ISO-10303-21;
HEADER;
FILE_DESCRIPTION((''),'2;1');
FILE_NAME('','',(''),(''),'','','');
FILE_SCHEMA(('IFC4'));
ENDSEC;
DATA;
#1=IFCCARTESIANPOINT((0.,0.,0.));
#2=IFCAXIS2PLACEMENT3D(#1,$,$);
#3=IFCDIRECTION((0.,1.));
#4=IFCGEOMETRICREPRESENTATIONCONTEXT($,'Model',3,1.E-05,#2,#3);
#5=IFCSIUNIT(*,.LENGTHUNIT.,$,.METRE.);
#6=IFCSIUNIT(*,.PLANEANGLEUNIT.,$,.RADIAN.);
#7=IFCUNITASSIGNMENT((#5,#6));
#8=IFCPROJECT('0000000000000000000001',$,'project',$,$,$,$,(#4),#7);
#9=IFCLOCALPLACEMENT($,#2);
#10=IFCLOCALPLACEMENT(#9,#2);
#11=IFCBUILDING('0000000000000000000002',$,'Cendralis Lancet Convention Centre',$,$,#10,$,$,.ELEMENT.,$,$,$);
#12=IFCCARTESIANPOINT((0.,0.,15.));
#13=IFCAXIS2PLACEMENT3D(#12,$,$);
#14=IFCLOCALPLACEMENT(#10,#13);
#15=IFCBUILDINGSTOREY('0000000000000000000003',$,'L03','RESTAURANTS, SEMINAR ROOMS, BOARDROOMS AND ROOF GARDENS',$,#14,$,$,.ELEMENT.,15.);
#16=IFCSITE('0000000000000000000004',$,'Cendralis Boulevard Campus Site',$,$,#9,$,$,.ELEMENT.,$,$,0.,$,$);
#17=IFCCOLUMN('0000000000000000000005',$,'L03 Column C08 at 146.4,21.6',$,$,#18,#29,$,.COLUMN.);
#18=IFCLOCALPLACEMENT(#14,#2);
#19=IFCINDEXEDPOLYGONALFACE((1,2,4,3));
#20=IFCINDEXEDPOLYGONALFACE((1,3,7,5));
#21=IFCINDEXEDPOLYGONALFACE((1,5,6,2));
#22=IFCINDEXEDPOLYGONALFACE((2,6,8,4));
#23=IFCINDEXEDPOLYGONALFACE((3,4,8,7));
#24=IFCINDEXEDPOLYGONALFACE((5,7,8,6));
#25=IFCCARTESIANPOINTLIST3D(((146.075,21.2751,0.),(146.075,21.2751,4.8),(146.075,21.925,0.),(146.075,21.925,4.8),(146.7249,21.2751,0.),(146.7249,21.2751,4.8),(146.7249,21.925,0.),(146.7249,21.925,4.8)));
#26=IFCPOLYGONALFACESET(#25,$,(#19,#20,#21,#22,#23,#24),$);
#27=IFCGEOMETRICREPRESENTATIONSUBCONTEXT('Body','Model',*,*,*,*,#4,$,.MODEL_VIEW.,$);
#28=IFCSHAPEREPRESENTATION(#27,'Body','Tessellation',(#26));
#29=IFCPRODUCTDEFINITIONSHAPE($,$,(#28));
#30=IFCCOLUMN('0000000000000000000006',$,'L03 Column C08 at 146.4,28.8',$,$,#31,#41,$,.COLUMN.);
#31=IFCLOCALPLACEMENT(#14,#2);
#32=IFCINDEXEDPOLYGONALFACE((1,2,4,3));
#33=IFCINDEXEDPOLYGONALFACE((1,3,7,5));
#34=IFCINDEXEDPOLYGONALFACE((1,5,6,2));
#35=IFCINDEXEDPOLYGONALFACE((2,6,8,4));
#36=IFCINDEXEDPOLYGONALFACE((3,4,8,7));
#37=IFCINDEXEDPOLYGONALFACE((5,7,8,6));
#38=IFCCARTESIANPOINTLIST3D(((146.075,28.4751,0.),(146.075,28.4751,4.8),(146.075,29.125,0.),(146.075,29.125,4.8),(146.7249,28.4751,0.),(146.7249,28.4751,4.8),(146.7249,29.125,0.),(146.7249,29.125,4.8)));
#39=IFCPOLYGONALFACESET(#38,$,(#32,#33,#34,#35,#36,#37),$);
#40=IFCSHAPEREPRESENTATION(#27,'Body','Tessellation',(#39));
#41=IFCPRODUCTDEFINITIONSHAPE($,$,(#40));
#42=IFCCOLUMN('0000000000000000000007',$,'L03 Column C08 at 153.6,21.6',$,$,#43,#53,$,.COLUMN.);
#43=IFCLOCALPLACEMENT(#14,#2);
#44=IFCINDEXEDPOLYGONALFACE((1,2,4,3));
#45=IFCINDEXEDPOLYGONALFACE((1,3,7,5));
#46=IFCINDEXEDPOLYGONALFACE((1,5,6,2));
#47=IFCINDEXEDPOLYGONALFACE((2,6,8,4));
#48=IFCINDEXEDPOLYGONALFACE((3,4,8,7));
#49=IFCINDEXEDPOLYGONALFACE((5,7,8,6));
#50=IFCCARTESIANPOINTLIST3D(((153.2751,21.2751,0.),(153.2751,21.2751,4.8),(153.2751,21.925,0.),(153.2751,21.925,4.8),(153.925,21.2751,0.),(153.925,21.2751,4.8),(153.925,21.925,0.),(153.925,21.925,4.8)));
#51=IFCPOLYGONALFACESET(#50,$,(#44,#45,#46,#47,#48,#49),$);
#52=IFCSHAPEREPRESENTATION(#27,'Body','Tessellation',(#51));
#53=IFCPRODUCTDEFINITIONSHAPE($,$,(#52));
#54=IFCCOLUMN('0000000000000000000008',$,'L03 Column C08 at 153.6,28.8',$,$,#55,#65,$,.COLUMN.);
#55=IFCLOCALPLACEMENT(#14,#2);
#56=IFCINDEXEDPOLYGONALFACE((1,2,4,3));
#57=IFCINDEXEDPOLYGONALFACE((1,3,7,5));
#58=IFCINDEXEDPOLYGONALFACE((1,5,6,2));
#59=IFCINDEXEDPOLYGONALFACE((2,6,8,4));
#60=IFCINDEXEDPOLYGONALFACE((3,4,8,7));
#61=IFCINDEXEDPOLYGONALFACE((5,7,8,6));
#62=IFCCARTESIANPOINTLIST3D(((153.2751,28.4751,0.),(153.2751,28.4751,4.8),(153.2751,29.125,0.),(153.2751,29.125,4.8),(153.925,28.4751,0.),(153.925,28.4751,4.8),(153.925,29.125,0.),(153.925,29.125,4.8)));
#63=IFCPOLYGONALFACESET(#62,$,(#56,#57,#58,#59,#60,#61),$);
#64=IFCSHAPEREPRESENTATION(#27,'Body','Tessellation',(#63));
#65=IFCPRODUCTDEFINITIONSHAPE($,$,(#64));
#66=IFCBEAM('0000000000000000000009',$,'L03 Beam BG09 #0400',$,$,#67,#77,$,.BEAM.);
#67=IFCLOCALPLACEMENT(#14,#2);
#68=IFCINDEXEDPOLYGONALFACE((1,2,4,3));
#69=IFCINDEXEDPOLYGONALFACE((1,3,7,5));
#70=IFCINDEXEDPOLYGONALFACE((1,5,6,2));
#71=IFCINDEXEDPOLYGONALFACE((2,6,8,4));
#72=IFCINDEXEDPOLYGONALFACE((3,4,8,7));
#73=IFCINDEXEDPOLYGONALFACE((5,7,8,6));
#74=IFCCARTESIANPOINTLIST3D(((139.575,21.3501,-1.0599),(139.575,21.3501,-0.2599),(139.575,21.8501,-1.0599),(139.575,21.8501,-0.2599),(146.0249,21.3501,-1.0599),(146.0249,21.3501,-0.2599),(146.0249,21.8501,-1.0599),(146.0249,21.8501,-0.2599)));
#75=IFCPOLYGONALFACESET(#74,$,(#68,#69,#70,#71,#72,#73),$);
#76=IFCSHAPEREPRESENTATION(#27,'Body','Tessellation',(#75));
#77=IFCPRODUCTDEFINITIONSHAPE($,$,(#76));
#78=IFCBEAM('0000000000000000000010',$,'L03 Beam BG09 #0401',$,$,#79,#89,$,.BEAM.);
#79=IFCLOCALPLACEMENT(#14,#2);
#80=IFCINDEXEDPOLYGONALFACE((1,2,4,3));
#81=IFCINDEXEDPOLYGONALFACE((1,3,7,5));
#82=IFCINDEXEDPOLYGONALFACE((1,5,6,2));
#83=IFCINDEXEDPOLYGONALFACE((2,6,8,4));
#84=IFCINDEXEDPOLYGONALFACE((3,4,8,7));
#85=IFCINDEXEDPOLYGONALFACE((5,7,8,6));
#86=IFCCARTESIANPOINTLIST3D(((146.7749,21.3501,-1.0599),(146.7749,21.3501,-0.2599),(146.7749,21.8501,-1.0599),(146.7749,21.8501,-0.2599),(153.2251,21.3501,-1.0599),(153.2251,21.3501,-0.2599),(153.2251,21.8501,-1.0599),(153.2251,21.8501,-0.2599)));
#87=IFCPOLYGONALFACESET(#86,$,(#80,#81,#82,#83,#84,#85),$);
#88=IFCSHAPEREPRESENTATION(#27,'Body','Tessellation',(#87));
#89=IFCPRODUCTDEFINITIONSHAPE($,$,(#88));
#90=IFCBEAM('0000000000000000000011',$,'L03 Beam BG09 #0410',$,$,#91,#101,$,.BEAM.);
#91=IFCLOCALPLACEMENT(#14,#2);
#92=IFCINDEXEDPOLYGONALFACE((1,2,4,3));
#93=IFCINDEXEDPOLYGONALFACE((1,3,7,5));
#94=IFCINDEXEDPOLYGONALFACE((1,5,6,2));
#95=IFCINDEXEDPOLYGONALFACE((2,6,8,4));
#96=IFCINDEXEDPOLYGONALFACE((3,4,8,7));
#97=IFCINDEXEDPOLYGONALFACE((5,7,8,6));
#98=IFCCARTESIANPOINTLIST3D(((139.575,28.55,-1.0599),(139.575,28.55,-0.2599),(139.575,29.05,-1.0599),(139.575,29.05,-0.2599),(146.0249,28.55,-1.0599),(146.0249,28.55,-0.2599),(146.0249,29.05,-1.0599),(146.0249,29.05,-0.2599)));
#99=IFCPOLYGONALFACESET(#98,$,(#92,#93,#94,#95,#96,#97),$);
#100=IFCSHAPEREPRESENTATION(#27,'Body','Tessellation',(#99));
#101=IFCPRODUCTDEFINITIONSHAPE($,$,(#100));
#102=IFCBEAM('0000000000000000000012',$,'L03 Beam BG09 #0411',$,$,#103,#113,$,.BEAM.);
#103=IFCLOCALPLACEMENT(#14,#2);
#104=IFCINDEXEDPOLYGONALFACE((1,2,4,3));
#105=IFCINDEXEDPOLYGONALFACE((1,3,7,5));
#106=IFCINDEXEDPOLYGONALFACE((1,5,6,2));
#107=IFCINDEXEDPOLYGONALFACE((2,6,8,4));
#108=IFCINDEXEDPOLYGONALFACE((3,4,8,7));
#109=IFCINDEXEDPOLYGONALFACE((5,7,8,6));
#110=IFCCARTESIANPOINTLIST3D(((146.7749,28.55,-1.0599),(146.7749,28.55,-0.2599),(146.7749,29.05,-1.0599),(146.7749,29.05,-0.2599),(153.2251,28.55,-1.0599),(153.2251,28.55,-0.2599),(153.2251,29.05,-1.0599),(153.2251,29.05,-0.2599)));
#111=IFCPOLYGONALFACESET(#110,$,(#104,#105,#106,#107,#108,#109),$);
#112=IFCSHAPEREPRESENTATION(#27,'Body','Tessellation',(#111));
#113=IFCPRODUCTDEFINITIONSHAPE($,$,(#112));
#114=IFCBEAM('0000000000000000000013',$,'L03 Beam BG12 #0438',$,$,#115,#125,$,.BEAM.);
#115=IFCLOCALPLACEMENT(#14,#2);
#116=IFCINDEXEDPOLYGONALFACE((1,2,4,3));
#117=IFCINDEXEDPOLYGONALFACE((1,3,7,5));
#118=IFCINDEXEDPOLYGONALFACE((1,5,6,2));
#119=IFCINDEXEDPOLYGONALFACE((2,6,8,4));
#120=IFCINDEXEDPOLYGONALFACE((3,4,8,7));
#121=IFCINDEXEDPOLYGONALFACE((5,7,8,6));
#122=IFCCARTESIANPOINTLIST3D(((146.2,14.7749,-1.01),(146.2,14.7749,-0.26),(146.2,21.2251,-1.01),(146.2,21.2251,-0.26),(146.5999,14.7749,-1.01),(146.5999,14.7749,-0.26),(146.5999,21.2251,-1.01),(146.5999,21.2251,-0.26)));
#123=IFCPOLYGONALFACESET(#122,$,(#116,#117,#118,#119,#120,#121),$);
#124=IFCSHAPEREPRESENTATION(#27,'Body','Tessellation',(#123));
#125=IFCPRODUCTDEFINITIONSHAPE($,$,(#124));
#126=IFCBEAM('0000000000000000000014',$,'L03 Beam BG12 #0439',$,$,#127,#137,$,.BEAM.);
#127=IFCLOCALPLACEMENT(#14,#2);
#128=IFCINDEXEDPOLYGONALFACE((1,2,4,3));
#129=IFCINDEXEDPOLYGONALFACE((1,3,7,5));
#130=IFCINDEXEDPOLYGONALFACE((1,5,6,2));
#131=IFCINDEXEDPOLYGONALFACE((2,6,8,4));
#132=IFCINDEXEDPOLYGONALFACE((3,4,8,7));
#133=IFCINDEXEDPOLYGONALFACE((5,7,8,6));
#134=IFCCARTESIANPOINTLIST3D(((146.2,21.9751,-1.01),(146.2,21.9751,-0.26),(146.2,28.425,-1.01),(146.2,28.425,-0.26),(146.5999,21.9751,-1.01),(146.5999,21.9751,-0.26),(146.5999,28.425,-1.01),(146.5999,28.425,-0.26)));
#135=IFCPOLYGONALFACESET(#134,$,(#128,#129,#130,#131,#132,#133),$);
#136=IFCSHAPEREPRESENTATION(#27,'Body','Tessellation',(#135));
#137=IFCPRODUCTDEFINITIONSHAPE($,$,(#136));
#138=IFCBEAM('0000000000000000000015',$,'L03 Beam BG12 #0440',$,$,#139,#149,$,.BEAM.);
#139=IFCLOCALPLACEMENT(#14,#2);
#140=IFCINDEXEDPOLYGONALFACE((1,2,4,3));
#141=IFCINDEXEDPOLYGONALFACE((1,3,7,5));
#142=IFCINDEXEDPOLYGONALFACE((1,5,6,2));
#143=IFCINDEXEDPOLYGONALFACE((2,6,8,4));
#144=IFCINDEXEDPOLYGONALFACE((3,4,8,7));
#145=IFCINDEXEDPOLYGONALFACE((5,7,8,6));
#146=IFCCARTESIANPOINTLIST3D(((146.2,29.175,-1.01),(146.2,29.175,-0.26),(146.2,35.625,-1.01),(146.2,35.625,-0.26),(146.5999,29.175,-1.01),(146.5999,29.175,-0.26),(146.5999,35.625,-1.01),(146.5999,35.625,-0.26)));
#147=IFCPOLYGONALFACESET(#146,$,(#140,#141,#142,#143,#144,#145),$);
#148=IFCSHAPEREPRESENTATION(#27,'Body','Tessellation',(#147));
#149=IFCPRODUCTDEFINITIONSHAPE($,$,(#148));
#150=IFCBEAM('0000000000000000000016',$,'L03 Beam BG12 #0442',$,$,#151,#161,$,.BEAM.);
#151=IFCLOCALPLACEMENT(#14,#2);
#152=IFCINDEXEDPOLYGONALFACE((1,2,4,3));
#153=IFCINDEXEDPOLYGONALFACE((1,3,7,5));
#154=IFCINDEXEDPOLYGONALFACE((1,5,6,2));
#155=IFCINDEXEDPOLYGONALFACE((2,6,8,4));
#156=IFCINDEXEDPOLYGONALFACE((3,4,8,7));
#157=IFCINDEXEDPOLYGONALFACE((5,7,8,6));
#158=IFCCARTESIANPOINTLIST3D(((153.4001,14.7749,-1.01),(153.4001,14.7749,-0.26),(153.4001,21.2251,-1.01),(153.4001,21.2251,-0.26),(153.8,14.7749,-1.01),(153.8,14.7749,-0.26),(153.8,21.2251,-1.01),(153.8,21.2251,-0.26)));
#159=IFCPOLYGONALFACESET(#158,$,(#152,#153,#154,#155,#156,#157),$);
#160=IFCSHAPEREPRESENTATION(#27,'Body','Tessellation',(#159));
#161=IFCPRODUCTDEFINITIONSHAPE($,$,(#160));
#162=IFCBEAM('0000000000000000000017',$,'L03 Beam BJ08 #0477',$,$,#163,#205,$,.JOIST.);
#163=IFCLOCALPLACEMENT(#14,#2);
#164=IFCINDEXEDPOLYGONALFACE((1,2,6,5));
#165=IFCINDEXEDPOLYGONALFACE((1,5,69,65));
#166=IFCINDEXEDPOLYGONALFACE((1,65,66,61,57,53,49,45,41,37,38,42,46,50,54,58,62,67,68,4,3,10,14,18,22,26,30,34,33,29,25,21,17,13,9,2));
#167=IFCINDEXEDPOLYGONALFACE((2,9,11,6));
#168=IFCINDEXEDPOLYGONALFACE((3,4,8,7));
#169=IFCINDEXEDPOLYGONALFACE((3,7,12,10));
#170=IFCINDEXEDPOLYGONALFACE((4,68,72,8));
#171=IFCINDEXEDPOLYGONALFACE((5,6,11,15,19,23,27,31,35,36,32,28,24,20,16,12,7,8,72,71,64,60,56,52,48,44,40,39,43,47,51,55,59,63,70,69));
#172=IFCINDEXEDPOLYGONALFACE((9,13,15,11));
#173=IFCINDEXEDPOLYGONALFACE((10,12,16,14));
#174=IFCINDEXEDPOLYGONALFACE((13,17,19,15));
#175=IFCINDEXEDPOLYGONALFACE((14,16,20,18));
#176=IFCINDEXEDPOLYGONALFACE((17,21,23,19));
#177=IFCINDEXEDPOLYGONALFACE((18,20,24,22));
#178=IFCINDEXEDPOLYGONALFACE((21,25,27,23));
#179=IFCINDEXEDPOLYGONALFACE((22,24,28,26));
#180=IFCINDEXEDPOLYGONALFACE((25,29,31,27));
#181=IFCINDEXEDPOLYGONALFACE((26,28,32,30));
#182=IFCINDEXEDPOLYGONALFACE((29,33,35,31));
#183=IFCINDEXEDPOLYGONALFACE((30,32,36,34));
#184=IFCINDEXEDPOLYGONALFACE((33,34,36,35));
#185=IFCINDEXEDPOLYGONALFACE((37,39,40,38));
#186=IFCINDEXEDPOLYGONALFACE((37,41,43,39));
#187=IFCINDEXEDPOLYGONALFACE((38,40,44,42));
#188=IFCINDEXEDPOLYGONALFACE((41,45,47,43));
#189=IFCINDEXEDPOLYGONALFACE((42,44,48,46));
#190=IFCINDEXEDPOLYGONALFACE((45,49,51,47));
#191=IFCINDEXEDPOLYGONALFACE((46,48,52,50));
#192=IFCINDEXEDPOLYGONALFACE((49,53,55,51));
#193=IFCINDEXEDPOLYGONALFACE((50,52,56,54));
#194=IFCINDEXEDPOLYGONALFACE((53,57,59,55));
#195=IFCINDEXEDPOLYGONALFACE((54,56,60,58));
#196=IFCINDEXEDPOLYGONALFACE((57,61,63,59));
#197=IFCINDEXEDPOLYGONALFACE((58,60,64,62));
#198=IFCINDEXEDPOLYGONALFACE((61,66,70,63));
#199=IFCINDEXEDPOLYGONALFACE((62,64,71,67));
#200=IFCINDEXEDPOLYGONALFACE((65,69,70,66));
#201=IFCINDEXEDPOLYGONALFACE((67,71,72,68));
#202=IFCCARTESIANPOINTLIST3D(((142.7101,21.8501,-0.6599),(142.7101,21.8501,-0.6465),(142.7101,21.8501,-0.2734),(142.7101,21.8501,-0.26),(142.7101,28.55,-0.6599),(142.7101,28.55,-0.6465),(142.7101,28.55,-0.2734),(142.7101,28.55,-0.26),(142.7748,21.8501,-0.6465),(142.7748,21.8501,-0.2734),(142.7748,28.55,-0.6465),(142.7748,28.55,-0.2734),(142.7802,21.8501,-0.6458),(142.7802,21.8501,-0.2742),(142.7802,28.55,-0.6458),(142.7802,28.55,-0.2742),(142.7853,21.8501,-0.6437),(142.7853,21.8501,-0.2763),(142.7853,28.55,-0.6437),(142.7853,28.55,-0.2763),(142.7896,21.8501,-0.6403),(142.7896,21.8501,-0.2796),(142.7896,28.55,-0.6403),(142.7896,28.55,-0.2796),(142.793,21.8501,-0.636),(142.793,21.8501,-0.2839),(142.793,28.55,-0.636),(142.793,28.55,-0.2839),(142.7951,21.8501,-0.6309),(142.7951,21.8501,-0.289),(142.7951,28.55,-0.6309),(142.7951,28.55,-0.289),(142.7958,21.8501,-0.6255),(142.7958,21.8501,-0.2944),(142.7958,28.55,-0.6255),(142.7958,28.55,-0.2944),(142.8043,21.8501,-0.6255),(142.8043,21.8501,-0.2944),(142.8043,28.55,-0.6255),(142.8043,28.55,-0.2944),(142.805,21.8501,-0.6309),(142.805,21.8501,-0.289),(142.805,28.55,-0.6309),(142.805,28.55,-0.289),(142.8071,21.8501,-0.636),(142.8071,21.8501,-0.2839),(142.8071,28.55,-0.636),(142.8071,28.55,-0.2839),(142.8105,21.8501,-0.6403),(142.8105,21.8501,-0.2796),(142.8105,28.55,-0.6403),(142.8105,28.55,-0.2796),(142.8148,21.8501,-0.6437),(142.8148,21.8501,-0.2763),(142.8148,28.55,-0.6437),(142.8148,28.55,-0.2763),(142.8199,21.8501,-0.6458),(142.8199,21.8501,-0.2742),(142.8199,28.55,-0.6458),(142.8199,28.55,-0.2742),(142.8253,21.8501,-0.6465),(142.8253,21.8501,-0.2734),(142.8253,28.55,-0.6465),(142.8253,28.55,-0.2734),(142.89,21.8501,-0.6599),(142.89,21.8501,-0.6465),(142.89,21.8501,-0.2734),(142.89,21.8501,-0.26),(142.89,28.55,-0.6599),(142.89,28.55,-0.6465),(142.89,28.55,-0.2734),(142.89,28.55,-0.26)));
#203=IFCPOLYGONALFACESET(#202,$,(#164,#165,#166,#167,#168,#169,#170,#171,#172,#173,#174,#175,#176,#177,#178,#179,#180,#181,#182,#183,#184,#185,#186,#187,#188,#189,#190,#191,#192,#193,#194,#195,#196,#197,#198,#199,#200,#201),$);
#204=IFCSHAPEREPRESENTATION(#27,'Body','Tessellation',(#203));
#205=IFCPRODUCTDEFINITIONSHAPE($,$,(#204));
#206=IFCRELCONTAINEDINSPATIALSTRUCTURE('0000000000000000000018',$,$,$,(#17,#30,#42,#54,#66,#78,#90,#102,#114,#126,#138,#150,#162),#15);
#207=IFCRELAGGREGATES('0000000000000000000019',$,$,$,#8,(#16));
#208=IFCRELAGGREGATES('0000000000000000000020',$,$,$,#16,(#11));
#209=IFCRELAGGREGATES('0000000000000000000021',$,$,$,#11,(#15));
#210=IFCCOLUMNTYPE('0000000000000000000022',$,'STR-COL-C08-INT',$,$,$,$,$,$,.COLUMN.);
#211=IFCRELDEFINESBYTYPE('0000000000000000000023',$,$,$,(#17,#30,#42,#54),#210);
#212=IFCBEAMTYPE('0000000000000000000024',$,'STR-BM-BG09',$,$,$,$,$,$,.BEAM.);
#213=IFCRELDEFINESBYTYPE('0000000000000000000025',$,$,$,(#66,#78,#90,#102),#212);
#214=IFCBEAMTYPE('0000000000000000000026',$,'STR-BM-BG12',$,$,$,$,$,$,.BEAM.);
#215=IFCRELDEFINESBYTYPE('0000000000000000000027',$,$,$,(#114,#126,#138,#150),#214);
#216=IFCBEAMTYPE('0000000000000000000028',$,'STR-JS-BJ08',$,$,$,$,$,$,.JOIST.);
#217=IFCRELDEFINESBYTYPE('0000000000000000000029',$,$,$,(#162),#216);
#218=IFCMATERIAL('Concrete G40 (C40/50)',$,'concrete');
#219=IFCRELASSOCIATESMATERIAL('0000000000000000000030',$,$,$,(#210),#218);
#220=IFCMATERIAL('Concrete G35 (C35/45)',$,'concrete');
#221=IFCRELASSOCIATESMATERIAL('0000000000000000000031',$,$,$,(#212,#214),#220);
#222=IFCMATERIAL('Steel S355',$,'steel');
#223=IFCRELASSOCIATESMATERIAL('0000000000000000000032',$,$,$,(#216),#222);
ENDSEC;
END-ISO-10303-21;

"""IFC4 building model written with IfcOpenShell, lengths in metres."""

from ifc_helpers import new_model, si_unit, direction, frame, origin, origin_2d, place, context, subcontext, project, spatial, rectangle, i_section, extrude, material, material_profile, profile_set, type_object, element, save


model = new_model("IFC4")

# Units and contexts
model_context = context("Model", 3, precision=1e-05, world=origin(), true_north=direction((0.0, 1.0)))
body_context = subcontext(model_context, "Body", "Model", "MODEL_VIEW")
ifc_project = project(units=[si_unit("LENGTHUNIT", "METRE"), si_unit("PLANEANGLEUNIT", "RADIAN")], contexts=[model_context])

# Site, building, storey
site_placement = place(None, origin())
site = spatial("IfcSite", under=ifc_project, at=site_placement, Name="Cendralis Boulevard Campus Site", CompositionType="ELEMENT", RefElevation=0.0)
building_placement = place(site_placement, origin())
building = spatial("IfcBuilding", under=site, at=building_placement, Name="Cendralis Lancet Convention Centre", CompositionType="ELEMENT")
storey_placement = place(building_placement, frame((0.0, 0.0, 15.0)))
storey = spatial("IfcBuildingStorey", under=building, at=storey_placement, Name="L03", Description="RESTAURANTS, SEMINAR ROOMS, BOARDROOMS AND ROOF GARDENS", CompositionType="ELEMENT", Elevation=15.0)

# Columns
ifc_material_1 = material(Name="Concrete G40 (C40/50)", Category="concrete")
ifc_material_profile_1 = material_profile(ifc_material_1, rectangle(XDim=0.6499, YDim=0.6499, at=origin_2d()), Name="RC 650x650")
ifc_profile_set_1 = profile_set([ifc_material_profile_1], Name="Concrete G40 (C40/50)")
column_type = type_object("IfcColumnType", Name="STR-COL-C08-INT", PredefinedType="COLUMN", material=ifc_profile_set_1)
for number, where, z_axis, x_axis, name in (
    (1, (146.3999, 21.6001, 0.0), (0.0, 0.0, 1.0), (1.0, 0.0, 0.0), "L03 Column C08 at 146.4,21.6"),
    (2, (146.3999, 28.8, 0.0), (0.0, 0.0, 1.0), (1.0, 0.0, 0.0), "L03 Column C08 at 146.4,28.8"),
    (3, (153.6001, 21.6001, 0.0), (0.0, 0.0, 1.0), (1.0, 0.0, 0.0), "L03 Column C08 at 153.6,21.6"),
    (4, (153.6001, 28.8, 0.0), (0.0, 0.0, 1.0), (1.0, 0.0, 0.0), "L03 Column C08 at 153.6,28.8"),
):
    element("IfcColumn", number, at=place(storey_placement, frame(where, z_axis=z_axis, x_axis=x_axis)), inside=storey, type_object=column_type, Name=name, PredefinedType="COLUMN", context=body_context, shape_type="SweptSolid", body=[
        extrude(rectangle(XDim=0.6499, YDim=0.6499, at=origin_2d()), origin(), (0.0, 0.0, 1.0), 4.8),
    ])

# Beams
ifc_material_2 = material(Name="Concrete G35 (C35/45)", Category="concrete")
ifc_material_profile_2 = material_profile(ifc_material_2, rectangle(XDim=0.5, YDim=0.8, at=origin_2d()), Name="RCB 500x800")
ifc_profile_set_2 = profile_set([ifc_material_profile_2], Name="Concrete G35 (C35/45)")
beam_type_1 = type_object("IfcBeamType", Name="STR-BM-BG09", PredefinedType="BEAM", material=ifc_profile_set_2)
beam_1_placement = place(storey_placement, frame((139.575, 21.6001, -0.6599), z_axis=(1.0, 0.0, 0.0), x_axis=(0.0, 1.0, 0.0)))
element("IfcBeam", 5, at=beam_1_placement, inside=storey, type_object=beam_type_1, Name="L03 Beam BG09 #0400", PredefinedType="BEAM", context=body_context, shape_type="SweptSolid", body=[
    extrude(rectangle(XDim=0.5, YDim=0.8, at=origin_2d()), origin(), (0.0, 0.0, 1.0), 6.45),
])
beam_2_placement = place(storey_placement, frame((146.7749, 21.6001, -0.6599), z_axis=(1.0, 0.0, 0.0), x_axis=(0.0, 1.0, 0.0)))
element("IfcBeam", 6, at=beam_2_placement, inside=storey, type_object=beam_type_1, Name="L03 Beam BG09 #0401", PredefinedType="BEAM", context=body_context, shape_type="SweptSolid", body=[
    extrude(rectangle(XDim=0.5, YDim=0.8, at=origin_2d()), origin(), (0.0, 0.0, 1.0), 6.4502),
])
beam_3_placement = place(storey_placement, frame((139.575, 28.8, -0.6599), z_axis=(1.0, 0.0, 0.0), x_axis=(0.0, 1.0, 0.0)))
element("IfcBeam", 7, at=beam_3_placement, inside=storey, type_object=beam_type_1, Name="L03 Beam BG09 #0410", PredefinedType="BEAM", context=body_context, shape_type="SweptSolid", body=[
    extrude(rectangle(XDim=0.5, YDim=0.8, at=origin_2d()), origin(), (0.0, 0.0, 1.0), 6.45),
])
beam_4_placement = place(storey_placement, frame((146.7749, 28.8, -0.6599), z_axis=(1.0, 0.0, 0.0), x_axis=(0.0, 1.0, 0.0)))
element("IfcBeam", 8, at=beam_4_placement, inside=storey, type_object=beam_type_1, Name="L03 Beam BG09 #0411", PredefinedType="BEAM", context=body_context, shape_type="SweptSolid", body=[
    extrude(rectangle(XDim=0.5, YDim=0.8, at=origin_2d()), origin(), (0.0, 0.0, 1.0), 6.4502),
])
ifc_material_profile_3 = material_profile(ifc_material_2, rectangle(XDim=0.3999, YDim=0.75, at=origin_2d()), Name="RCB 400x750")
ifc_profile_set_3 = profile_set([ifc_material_profile_3], Name="Concrete G35 (C35/45)")
beam_type_2 = type_object("IfcBeamType", Name="STR-BM-BG12", PredefinedType="BEAM", material=ifc_profile_set_3)
beam_5_placement = place(storey_placement, frame((146.3999, 14.7749, -0.635), z_axis=(0.0, 1.0, 0.0), x_axis=(-1.0, 0.0, 0.0)))
element("IfcBeam", 9, at=beam_5_placement, inside=storey, type_object=beam_type_2, Name="L03 Beam BG12 #0438", PredefinedType="BEAM", context=body_context, shape_type="SweptSolid", body=[
    extrude(rectangle(XDim=0.3999, YDim=0.75, at=origin_2d()), origin(), (0.0, 0.0, 1.0), 6.4502),
])
for number, where, z_axis, x_axis, name in (
    (10, (146.3999, 21.9751, -0.635), (0.0, 1.0, 0.0), (-1.0, 0.0, 0.0), "L03 Beam BG12 #0439"),
    (11, (146.3999, 29.175, -0.635), (0.0, 1.0, 0.0), (-1.0, 0.0, 0.0), "L03 Beam BG12 #0440"),
):
    element("IfcBeam", number, at=place(storey_placement, frame(where, z_axis=z_axis, x_axis=x_axis)), inside=storey, type_object=beam_type_2, Name=name, PredefinedType="BEAM", context=body_context, shape_type="SweptSolid", body=[
        extrude(rectangle(XDim=0.3999, YDim=0.75, at=origin_2d()), origin(), (0.0, 0.0, 1.0), 6.45),
    ])
beam_6_placement = place(storey_placement, frame((153.6001, 14.7749, -0.635), z_axis=(0.0, 1.0, 0.0), x_axis=(-1.0, 0.0, 0.0)))
element("IfcBeam", 12, at=beam_6_placement, inside=storey, type_object=beam_type_2, Name="L03 Beam BG12 #0442", PredefinedType="BEAM", context=body_context, shape_type="SweptSolid", body=[
    extrude(rectangle(XDim=0.3999, YDim=0.75, at=origin_2d()), origin(), (0.0, 0.0, 1.0), 6.4502),
])
ifc_material_3 = material(Name="Steel S355", Category="steel")
ifc_material_profile_4 = material_profile(ifc_material_3, i_section(OverallWidth=0.1799, OverallDepth=0.3999, WebThickness=0.0085, FlangeThickness=0.0134, FilletRadius=0.021, at=origin_2d()), Name="IPE 400")
ifc_profile_set_4 = profile_set([ifc_material_profile_4], Name="Steel S355")
beam_type_3 = type_object("IfcBeamType", Name="STR-JS-BJ08", PredefinedType="JOIST", material=ifc_profile_set_4)
beam_7_placement = place(storey_placement, frame((142.8, 21.8501, -0.46), z_axis=(0.0, 1.0, 0.0), x_axis=(-1.0, 0.0, 0.0)))
element("IfcBeam", 13, at=beam_7_placement, inside=storey, type_object=beam_type_3, Name="L03 Beam BJ08 #0477", PredefinedType="JOIST", context=body_context, shape_type="SweptSolid", body=[
    extrude(i_section(OverallWidth=0.1799, OverallDepth=0.3999, WebThickness=0.0085, FlangeThickness=0.0134, FilletRadius=0.021, at=origin_2d()), origin(), (0.0, 0.0, 1.0), 6.7),
])

save(model, "model.ifc")
